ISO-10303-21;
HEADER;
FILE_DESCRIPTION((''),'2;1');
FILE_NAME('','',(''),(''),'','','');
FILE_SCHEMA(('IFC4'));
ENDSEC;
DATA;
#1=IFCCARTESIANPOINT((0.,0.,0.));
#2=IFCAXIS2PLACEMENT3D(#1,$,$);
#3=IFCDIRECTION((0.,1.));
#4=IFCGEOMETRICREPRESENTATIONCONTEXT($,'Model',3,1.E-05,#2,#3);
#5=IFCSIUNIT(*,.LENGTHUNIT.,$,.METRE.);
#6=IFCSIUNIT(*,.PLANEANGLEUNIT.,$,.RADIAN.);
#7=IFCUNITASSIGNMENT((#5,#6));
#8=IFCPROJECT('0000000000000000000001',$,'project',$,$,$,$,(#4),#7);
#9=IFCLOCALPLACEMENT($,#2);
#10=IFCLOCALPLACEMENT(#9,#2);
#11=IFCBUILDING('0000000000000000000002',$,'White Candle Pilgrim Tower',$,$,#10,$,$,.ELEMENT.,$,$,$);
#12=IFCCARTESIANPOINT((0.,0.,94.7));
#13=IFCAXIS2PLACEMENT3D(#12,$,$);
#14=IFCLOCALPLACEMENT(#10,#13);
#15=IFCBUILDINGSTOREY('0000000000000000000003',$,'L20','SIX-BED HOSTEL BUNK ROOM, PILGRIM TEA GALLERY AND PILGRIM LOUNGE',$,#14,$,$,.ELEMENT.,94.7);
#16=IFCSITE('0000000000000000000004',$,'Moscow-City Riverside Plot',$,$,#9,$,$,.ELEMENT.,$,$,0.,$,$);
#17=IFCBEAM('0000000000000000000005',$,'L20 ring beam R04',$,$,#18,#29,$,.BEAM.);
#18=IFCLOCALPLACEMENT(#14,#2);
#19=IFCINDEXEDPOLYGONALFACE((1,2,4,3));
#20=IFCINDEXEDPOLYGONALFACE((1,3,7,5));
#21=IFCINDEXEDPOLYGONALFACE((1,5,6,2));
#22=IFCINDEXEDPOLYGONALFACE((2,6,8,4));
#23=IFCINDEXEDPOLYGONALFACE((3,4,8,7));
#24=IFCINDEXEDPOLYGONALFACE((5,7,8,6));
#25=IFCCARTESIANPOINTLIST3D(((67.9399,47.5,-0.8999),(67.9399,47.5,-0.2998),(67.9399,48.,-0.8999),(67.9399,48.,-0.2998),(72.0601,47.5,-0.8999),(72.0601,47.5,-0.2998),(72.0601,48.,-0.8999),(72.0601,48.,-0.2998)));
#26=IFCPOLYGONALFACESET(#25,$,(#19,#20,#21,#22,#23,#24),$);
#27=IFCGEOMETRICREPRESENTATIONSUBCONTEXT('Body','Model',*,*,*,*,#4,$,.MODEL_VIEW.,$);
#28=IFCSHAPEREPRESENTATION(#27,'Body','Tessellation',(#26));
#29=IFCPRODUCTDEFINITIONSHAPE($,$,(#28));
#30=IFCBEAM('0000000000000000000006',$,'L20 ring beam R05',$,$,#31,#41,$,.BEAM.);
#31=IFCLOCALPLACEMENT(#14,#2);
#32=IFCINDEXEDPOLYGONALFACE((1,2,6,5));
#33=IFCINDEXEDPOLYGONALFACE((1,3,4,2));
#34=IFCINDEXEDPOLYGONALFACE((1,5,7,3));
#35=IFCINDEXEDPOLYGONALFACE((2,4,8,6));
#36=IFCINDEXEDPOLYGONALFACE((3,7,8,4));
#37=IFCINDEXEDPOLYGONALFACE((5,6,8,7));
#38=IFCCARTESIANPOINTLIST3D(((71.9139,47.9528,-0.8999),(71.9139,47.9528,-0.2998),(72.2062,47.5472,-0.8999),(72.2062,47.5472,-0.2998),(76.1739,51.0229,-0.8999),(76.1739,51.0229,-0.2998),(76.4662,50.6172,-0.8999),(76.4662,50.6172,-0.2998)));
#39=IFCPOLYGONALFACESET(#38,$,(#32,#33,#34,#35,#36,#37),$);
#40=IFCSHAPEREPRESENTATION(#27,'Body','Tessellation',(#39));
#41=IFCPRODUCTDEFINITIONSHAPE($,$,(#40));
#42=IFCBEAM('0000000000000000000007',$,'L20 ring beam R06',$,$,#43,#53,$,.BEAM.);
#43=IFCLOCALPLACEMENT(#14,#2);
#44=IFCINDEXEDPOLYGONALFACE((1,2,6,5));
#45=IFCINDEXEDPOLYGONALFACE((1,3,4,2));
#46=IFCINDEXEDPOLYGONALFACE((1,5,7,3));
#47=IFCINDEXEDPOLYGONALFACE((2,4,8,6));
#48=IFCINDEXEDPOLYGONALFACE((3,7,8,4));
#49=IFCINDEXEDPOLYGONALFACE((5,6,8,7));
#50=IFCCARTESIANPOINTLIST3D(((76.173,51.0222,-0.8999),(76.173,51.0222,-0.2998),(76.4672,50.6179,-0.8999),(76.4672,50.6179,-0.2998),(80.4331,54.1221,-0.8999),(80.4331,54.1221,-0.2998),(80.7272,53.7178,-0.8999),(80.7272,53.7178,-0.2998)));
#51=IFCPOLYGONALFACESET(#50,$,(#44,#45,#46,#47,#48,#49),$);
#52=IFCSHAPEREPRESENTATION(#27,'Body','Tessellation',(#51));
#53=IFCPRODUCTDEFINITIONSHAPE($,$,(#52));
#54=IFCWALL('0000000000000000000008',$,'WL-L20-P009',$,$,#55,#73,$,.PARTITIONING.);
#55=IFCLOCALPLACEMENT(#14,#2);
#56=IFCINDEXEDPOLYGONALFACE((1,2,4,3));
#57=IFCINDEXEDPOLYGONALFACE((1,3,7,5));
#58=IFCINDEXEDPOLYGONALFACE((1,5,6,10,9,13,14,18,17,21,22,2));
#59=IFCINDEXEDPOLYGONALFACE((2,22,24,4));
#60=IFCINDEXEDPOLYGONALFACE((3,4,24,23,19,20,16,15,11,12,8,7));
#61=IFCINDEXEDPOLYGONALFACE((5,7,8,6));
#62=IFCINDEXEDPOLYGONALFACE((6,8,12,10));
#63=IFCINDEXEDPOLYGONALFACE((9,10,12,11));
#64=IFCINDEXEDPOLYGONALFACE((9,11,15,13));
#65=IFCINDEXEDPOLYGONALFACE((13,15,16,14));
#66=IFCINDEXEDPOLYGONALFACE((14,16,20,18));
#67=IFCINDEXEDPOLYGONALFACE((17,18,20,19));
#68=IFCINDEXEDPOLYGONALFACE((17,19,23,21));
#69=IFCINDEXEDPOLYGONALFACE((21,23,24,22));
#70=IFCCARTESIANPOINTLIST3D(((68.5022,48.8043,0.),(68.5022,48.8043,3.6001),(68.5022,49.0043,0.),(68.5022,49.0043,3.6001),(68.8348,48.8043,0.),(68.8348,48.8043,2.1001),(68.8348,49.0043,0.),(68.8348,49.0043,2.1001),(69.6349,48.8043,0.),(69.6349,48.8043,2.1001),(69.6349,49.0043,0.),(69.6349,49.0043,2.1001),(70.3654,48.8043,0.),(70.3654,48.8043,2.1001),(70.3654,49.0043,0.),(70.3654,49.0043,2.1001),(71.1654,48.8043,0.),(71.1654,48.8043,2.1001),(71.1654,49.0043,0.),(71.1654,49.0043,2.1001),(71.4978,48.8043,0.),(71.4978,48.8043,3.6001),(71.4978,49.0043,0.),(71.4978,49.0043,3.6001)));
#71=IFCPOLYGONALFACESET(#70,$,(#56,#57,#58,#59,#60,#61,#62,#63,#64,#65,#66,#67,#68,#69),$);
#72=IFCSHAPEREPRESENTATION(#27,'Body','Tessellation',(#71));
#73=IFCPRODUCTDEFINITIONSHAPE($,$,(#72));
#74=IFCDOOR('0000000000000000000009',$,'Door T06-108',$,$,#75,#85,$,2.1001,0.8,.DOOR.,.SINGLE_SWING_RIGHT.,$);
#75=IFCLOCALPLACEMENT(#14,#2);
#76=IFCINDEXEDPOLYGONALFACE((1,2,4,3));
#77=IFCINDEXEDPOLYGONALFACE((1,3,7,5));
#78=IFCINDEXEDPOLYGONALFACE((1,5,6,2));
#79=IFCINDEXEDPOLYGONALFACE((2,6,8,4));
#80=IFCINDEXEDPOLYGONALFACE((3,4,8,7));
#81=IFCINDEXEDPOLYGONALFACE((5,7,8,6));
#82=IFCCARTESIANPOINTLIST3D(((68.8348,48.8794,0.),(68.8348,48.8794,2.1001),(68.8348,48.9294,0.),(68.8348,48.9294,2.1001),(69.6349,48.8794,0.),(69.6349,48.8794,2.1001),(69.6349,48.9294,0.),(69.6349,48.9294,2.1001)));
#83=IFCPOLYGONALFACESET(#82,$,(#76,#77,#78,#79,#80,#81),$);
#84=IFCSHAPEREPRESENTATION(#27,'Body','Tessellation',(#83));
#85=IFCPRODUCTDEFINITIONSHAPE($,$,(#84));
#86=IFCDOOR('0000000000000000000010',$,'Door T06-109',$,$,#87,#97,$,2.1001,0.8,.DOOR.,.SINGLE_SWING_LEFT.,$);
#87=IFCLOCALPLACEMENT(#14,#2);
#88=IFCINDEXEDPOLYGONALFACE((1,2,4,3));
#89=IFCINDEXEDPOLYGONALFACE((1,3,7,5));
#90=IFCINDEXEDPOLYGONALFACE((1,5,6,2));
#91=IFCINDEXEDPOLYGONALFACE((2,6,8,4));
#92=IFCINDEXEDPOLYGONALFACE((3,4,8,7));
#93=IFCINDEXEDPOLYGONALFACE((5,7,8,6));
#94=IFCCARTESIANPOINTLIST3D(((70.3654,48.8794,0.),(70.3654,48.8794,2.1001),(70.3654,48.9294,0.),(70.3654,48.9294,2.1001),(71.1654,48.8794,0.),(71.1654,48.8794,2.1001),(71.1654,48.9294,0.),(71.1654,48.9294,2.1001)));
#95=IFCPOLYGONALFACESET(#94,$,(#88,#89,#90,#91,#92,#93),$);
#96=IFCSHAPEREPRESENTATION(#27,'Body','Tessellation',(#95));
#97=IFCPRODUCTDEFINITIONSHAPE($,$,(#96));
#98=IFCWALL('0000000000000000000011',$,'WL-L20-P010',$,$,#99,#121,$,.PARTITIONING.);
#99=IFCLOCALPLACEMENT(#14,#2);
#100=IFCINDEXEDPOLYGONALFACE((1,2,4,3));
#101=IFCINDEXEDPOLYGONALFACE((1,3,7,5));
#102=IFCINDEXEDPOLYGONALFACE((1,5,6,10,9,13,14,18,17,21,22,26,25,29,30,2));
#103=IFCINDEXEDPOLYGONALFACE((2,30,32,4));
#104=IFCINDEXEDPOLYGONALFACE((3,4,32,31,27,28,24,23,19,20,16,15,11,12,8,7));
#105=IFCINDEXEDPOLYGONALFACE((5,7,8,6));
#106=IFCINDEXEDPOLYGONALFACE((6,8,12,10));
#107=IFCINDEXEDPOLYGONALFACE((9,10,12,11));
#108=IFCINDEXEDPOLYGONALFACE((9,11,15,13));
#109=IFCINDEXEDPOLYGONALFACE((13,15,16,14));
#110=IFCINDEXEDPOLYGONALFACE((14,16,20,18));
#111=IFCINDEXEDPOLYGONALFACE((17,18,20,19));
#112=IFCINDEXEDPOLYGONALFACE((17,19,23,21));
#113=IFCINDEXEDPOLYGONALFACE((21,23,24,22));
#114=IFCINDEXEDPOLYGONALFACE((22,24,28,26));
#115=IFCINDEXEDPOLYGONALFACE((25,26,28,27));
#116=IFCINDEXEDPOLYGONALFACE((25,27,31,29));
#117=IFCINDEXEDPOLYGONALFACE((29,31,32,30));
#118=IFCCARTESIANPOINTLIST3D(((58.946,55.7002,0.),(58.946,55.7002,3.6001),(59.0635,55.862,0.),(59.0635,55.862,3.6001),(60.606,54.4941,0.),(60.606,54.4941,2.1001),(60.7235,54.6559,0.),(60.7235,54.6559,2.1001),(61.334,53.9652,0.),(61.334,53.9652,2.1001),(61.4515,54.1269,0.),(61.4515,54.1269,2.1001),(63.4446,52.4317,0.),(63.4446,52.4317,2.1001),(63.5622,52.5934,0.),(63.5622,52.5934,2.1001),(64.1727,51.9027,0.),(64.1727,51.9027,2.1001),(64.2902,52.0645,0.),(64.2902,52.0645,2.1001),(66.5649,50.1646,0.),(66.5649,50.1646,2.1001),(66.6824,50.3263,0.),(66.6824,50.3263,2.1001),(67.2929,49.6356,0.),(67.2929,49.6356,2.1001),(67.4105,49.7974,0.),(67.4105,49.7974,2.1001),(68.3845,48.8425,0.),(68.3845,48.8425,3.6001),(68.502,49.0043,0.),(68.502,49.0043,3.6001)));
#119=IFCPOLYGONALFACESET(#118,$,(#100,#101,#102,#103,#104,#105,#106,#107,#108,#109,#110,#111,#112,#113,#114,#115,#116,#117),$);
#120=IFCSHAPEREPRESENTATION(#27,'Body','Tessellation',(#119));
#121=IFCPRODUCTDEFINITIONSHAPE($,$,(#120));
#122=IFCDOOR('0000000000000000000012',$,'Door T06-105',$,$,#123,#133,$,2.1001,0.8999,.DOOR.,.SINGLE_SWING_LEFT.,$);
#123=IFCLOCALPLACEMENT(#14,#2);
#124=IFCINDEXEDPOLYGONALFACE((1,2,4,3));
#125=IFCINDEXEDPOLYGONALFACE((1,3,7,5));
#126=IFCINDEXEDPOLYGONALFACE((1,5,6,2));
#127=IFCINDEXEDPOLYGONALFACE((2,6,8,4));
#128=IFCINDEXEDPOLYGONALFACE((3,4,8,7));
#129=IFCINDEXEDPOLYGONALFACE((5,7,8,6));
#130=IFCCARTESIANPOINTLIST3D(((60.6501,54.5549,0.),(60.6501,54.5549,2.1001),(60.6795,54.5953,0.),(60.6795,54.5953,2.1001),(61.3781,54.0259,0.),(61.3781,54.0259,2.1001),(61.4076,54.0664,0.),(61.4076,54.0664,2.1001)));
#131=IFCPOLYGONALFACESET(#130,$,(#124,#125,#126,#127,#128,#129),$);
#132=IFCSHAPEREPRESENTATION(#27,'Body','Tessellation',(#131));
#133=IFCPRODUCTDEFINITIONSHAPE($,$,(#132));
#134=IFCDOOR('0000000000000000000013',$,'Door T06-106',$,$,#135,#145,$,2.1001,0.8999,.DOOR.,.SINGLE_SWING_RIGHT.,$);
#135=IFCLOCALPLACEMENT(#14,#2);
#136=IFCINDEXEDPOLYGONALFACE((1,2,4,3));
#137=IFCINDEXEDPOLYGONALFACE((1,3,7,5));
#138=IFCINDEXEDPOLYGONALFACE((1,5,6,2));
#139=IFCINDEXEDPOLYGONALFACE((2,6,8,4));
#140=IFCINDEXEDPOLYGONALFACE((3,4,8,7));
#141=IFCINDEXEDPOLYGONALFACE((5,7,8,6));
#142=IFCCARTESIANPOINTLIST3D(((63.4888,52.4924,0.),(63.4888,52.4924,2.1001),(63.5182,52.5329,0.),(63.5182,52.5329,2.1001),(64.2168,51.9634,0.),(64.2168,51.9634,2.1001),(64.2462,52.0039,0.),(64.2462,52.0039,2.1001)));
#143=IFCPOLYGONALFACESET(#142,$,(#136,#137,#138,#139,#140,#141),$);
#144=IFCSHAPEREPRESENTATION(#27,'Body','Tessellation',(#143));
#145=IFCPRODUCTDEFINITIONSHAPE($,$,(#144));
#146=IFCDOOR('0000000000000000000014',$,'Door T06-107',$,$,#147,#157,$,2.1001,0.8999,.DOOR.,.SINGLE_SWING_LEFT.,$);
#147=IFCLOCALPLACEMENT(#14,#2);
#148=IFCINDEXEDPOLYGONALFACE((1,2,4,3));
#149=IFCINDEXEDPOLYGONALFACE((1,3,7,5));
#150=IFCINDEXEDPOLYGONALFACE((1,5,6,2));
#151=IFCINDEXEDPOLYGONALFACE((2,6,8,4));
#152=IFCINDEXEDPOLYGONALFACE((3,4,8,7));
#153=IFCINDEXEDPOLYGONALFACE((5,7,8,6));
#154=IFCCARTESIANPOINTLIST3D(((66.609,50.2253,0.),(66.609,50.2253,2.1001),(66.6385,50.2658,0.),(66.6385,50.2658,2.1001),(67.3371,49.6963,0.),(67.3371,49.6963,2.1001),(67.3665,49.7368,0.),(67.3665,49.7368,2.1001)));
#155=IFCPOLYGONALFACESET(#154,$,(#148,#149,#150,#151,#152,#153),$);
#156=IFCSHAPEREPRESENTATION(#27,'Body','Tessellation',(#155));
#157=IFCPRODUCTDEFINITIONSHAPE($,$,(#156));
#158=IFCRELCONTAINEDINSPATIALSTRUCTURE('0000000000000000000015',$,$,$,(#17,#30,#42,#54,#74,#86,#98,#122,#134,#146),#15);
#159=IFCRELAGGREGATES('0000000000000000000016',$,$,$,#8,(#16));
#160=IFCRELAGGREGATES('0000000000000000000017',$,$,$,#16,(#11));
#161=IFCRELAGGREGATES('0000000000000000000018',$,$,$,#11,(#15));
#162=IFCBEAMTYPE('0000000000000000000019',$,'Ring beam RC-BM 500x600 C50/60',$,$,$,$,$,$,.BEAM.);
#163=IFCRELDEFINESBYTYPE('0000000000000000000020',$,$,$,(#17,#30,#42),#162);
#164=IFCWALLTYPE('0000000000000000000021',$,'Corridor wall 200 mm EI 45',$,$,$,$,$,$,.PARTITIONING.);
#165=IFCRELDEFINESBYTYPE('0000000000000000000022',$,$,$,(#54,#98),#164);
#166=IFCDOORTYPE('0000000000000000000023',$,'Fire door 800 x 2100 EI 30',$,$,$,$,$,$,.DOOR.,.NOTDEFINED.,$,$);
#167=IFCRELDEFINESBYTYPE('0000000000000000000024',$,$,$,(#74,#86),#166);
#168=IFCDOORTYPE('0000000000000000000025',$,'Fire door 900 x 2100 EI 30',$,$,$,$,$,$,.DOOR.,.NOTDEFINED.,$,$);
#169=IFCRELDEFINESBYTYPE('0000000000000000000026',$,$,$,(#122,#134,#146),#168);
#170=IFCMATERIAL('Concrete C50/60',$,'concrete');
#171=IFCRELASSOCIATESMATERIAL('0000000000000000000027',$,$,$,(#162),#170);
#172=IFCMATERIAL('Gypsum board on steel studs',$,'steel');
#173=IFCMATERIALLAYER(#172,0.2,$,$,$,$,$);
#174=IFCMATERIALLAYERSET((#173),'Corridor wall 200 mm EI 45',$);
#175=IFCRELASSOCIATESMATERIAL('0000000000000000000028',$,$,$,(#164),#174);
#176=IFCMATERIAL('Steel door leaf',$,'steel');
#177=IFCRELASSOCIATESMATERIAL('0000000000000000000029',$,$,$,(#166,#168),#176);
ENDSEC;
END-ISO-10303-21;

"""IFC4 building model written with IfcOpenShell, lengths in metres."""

from ifc_helpers import new_model, si_unit, direction, frame, frame_2d, origin, origin_2d, place, context, subcontext, project, spatial, rectangle, extrude, material, layer, layer_set, material_profile, profile_set, type_object, element, fill, save


model = new_model("IFC4")

# Units and contexts
model_context = context("Model", 3, precision=1e-05, world=origin(), true_north=direction((0.0, 1.0)))
body_context = subcontext(model_context, "Body", "Model", "MODEL_VIEW")
ifc_project = project(units=[si_unit("LENGTHUNIT", "METRE"), si_unit("PLANEANGLEUNIT", "RADIAN")], contexts=[model_context])

# Site, building, storey
site_placement = place(None, origin())
site = spatial("IfcSite", under=ifc_project, at=site_placement, Name="Moscow-City Riverside Plot", CompositionType="ELEMENT", RefElevation=0.0)
building_placement = place(site_placement, origin())
building = spatial("IfcBuilding", under=site, at=building_placement, Name="White Candle Pilgrim Tower", CompositionType="ELEMENT")
storey_placement = place(building_placement, frame((0.0, 0.0, 94.7)))
storey = spatial("IfcBuildingStorey", under=building, at=storey_placement, Name="L20", Description="SIX-BED HOSTEL BUNK ROOM, PILGRIM TEA GALLERY AND PILGRIM LOUNGE", CompositionType="ELEMENT", Elevation=94.7)

# Beams
ifc_material_1 = material(Name="Concrete C50/60", Category="concrete")
ifc_material_profile_1 = material_profile(ifc_material_1, rectangle(XDim=0.5, YDim=0.6001, at=origin_2d()), Name="RC-BM 500x600")
ifc_profile_set_1 = profile_set([ifc_material_profile_1], Name="Concrete C50/60")
beam_type = type_object("IfcBeamType", Name="Ring beam RC-BM 500x600 C50/60", PredefinedType="BEAM", material=ifc_profile_set_1)
beam_1_placement = place(storey_placement, frame((67.9399, 47.75, -0.5999), z_axis=(1.0, 0.0, 0.0), x_axis=(0.0, 1.0, 0.0)))
element("IfcBeam", 1, at=beam_1_placement, inside=storey, type_object=beam_type, Name="L20 ring beam R04", PredefinedType="BEAM", context=body_context, shape_type="SweptSolid", body=[
    extrude(rectangle(XDim=0.5, YDim=0.6001, at=origin_2d()), origin(), (0.0, 0.0, 1.0), 4.1201),
])
beam_2_placement = place(storey_placement, frame((72.0601, 47.75, -0.5999), z_axis=(0.811276, 0.584664, 0.0), x_axis=(-0.584664, 0.811276, 0.0)))
element("IfcBeam", 2, at=beam_2_placement, inside=storey, type_object=beam_type, Name="L20 ring beam R05", PredefinedType="BEAM", context=body_context, shape_type="SweptSolid", body=[
    extrude(rectangle(XDim=0.5, YDim=0.6001, at=origin_2d()), origin(), (0.0, 0.0, 1.0), 5.251),
])
beam_3_placement = place(storey_placement, frame((76.3201, 50.8201, -0.5999), z_axis=(0.808586, 0.588378, 0.0), x_axis=(-0.588378, 0.808586, 0.0)))
element("IfcBeam", 3, at=beam_3_placement, inside=storey, type_object=beam_type, Name="L20 ring beam R06", PredefinedType="BEAM", context=body_context, shape_type="SweptSolid", body=[
    extrude(rectangle(XDim=0.5, YDim=0.6001, at=origin_2d()), origin(), (0.0, 0.0, 1.0), 5.2686),
])

# Walls, openings, doors
ifc_material_2 = material(Name="Gypsum board on steel studs", Category="steel")
ifc_layer_1 = layer(ifc_material_2, 0.2)
ifc_layer_set_1 = layer_set([ifc_layer_1], Name="Corridor wall 200 mm EI 45")
wall_type_1 = type_object("IfcWallType", Name="Corridor wall 200 mm EI 45", PredefinedType="PARTITIONING", material=ifc_layer_set_1)
wall_1_placement = place(storey_placement, frame((71.4978, 48.9043, 0.0), z_axis=(0.0, 0.0, 1.0), x_axis=(-1.0, 0.0, 0.0)))
wall_1 = element("IfcWall", 4, at=wall_1_placement, inside=storey, type_object=wall_type_1, Name="WL-L20-P009", PredefinedType="PARTITIONING", context=body_context, shape_type="SweptSolid", body=[
    extrude(rectangle(XDim=2.9956, YDim=0.2, at=frame_2d((1.4978, 0.0))), origin(), (0.0, 0.0, 1.0), 3.6001),
])
opening_1_placement = place(wall_1_placement, frame((1.863, 0.0, 0.0)))
opening_1 = element("IfcOpeningElement", 5, at=opening_1_placement, cuts=wall_1, PredefinedType="OPENING", context=body_context, shape_type="SweptSolid", body=[
    extrude(rectangle(XDim=0.8, YDim=2.1001, at=frame_2d((0.3999, 1.05))), frame((0.0, 0.1099, 0.0), z_axis=(0.0, -1.0, 0.0), x_axis=(1.0, 0.0, 0.0)), (0.0, 0.0, 1.0), 0.22),
])
opening_2_placement = place(wall_1_placement, frame((0.3325, 0.0, 0.0)))
opening_2 = element("IfcOpeningElement", 6, at=opening_2_placement, cuts=wall_1, PredefinedType="OPENING", context=body_context, shape_type="SweptSolid", body=[
    extrude(rectangle(XDim=0.8, YDim=2.1001, at=frame_2d((0.3999, 1.05))), frame((0.0, 0.1099, 0.0), z_axis=(0.0, -1.0, 0.0), x_axis=(1.0, 0.0, 0.0)), (0.0, 0.0, 1.0), 0.22),
])
ifc_material_3 = material(Name="Steel door leaf", Category="steel")
door_type_1 = type_object("IfcDoorType", Name="Fire door 800 x 2100 EI 30", OperationType="NOTDEFINED", PredefinedType="DOOR", material=ifc_material_3)
door_1_placement = place(opening_1_placement, origin())
door_1 = element("IfcDoor", 7, at=door_1_placement, inside=storey, type_object=door_type_1, Name="Door T06-108", OperationType="SINGLE_SWING_RIGHT", OverallHeight=2.1001, OverallWidth=0.8, PredefinedType="DOOR", context=body_context, shape_type="SweptSolid", body=[
    extrude(rectangle(XDim=0.8, YDim=2.1001, at=frame_2d((0.3999, 1.05))), frame((0.0, 0.0249, 0.0), z_axis=(0.0, -1.0, 0.0), x_axis=(1.0, 0.0, 0.0)), (0.0, 0.0, 1.0), 0.05),
])
fill(opening_1, door_1)
door_2_placement = place(opening_2_placement, origin())
door_2 = element("IfcDoor", 8, at=door_2_placement, inside=storey, type_object=door_type_1, Name="Door T06-109", OperationType="SINGLE_SWING_LEFT", OverallHeight=2.1001, OverallWidth=0.8, PredefinedType="DOOR", context=body_context, shape_type="SweptSolid", body=[
    extrude(rectangle(XDim=0.8, YDim=2.1001, at=frame_2d((0.3999, 1.05))), frame((0.0, 0.0249, 0.0), z_axis=(0.0, -1.0, 0.0), x_axis=(1.0, 0.0, 0.0)), (0.0, 0.0, 1.0), 0.05),
])
fill(opening_2, door_2)
wall_2_placement = place(storey_placement, frame((68.4434, 48.9233, 0.0), z_axis=(0.0, 0.0, 1.0), x_axis=(-0.809008, 0.587797, 0.0)))
wall_2 = element("IfcWall", 9, at=wall_2_placement, inside=storey, type_object=wall_type_1, Name="WL-L20-P010", PredefinedType="PARTITIONING", context=body_context, shape_type="SweptSolid", body=[
    extrude(rectangle(XDim=11.6667, YDim=0.2, at=frame_2d((5.8335, 0.0))), origin(), (0.0, 0.0, 1.0), 3.6001),
])
opening_3_placement = place(wall_2_placement, frame((8.7151, 0.0, 0.0)))
opening_3 = element("IfcOpeningElement", 10, at=opening_3_placement, cuts=wall_2, PredefinedType="OPENING", context=body_context, shape_type="SweptSolid", body=[
    extrude(rectangle(XDim=0.8999, YDim=2.1001, at=frame_2d((0.45, 1.05))), frame((0.0, 0.1099, 0.0), z_axis=(0.0, -1.0, 0.0), x_axis=(1.0, 0.0, 0.0)), (0.0, 0.0, 1.0), 0.22),
])
opening_4_placement = place(wall_2_placement, frame((5.2063, 0.0, 0.0)))
opening_4 = element("IfcOpeningElement", 11, at=opening_4_placement, cuts=wall_2, PredefinedType="OPENING", context=body_context, shape_type="SweptSolid", body=[
    extrude(rectangle(XDim=0.8999, YDim=2.1001, at=frame_2d((0.45, 1.05))), frame((0.0, 0.1099, 0.0), z_axis=(0.0, -1.0, 0.0), x_axis=(1.0, 0.0, 0.0)), (0.0, 0.0, 1.0), 0.22),
])
opening_5_placement = place(wall_2_placement, frame((1.3494, 0.0, 0.0)))
opening_5 = element("IfcOpeningElement", 12, at=opening_5_placement, cuts=wall_2, PredefinedType="OPENING", context=body_context, shape_type="SweptSolid", body=[
    extrude(rectangle(XDim=0.8999, YDim=2.1001, at=frame_2d((0.45, 1.05))), frame((0.0, 0.1099, 0.0), z_axis=(0.0, -1.0, 0.0), x_axis=(1.0, 0.0, 0.0)), (0.0, 0.0, 1.0), 0.22),
])
door_type_2 = type_object("IfcDoorType", Name="Fire door 900 x 2100 EI 30", OperationType="NOTDEFINED", PredefinedType="DOOR", material=ifc_material_3)
door_3_placement = place(opening_3_placement, origin())
door_3 = element("IfcDoor", 13, at=door_3_placement, inside=storey, type_object=door_type_2, Name="Door T06-105", OperationType="SINGLE_SWING_LEFT", OverallHeight=2.1001, OverallWidth=0.8999, PredefinedType="DOOR", context=body_context, shape_type="SweptSolid", body=[
    extrude(rectangle(XDim=0.8999, YDim=2.1001, at=frame_2d((0.45, 1.05))), frame((0.0, 0.0249, 0.0), z_axis=(0.0, -1.0, 0.0), x_axis=(1.0, 0.0, 0.0)), (0.0, 0.0, 1.0), 0.05),
])
fill(opening_3, door_3)
door_4_placement = place(opening_4_placement, origin())
door_4 = element("IfcDoor", 14, at=door_4_placement, inside=storey, type_object=door_type_2, Name="Door T06-106", OperationType="SINGLE_SWING_RIGHT", OverallHeight=2.1001, OverallWidth=0.8999, PredefinedType="DOOR", context=body_context, shape_type="SweptSolid", body=[
    extrude(rectangle(XDim=0.8999, YDim=2.1001, at=frame_2d((0.45, 1.05))), frame((0.0, 0.0249, 0.0), z_axis=(0.0, -1.0, 0.0), x_axis=(1.0, 0.0, 0.0)), (0.0, 0.0, 1.0), 0.05),
])
fill(opening_4, door_4)
door_5_placement = place(opening_5_placement, origin())
door_5 = element("IfcDoor", 15, at=door_5_placement, inside=storey, type_object=door_type_2, Name="Door T06-107", OperationType="SINGLE_SWING_LEFT", OverallHeight=2.1001, OverallWidth=0.8999, PredefinedType="DOOR", context=body_context, shape_type="SweptSolid", body=[
    extrude(rectangle(XDim=0.8999, YDim=2.1001, at=frame_2d((0.45, 1.05))), frame((0.0, 0.0249, 0.0), z_axis=(0.0, -1.0, 0.0), x_axis=(1.0, 0.0, 0.0)), (0.0, 0.0, 1.0), 0.05),
])
fill(opening_5, door_5)

save(model, "model.ifc")
